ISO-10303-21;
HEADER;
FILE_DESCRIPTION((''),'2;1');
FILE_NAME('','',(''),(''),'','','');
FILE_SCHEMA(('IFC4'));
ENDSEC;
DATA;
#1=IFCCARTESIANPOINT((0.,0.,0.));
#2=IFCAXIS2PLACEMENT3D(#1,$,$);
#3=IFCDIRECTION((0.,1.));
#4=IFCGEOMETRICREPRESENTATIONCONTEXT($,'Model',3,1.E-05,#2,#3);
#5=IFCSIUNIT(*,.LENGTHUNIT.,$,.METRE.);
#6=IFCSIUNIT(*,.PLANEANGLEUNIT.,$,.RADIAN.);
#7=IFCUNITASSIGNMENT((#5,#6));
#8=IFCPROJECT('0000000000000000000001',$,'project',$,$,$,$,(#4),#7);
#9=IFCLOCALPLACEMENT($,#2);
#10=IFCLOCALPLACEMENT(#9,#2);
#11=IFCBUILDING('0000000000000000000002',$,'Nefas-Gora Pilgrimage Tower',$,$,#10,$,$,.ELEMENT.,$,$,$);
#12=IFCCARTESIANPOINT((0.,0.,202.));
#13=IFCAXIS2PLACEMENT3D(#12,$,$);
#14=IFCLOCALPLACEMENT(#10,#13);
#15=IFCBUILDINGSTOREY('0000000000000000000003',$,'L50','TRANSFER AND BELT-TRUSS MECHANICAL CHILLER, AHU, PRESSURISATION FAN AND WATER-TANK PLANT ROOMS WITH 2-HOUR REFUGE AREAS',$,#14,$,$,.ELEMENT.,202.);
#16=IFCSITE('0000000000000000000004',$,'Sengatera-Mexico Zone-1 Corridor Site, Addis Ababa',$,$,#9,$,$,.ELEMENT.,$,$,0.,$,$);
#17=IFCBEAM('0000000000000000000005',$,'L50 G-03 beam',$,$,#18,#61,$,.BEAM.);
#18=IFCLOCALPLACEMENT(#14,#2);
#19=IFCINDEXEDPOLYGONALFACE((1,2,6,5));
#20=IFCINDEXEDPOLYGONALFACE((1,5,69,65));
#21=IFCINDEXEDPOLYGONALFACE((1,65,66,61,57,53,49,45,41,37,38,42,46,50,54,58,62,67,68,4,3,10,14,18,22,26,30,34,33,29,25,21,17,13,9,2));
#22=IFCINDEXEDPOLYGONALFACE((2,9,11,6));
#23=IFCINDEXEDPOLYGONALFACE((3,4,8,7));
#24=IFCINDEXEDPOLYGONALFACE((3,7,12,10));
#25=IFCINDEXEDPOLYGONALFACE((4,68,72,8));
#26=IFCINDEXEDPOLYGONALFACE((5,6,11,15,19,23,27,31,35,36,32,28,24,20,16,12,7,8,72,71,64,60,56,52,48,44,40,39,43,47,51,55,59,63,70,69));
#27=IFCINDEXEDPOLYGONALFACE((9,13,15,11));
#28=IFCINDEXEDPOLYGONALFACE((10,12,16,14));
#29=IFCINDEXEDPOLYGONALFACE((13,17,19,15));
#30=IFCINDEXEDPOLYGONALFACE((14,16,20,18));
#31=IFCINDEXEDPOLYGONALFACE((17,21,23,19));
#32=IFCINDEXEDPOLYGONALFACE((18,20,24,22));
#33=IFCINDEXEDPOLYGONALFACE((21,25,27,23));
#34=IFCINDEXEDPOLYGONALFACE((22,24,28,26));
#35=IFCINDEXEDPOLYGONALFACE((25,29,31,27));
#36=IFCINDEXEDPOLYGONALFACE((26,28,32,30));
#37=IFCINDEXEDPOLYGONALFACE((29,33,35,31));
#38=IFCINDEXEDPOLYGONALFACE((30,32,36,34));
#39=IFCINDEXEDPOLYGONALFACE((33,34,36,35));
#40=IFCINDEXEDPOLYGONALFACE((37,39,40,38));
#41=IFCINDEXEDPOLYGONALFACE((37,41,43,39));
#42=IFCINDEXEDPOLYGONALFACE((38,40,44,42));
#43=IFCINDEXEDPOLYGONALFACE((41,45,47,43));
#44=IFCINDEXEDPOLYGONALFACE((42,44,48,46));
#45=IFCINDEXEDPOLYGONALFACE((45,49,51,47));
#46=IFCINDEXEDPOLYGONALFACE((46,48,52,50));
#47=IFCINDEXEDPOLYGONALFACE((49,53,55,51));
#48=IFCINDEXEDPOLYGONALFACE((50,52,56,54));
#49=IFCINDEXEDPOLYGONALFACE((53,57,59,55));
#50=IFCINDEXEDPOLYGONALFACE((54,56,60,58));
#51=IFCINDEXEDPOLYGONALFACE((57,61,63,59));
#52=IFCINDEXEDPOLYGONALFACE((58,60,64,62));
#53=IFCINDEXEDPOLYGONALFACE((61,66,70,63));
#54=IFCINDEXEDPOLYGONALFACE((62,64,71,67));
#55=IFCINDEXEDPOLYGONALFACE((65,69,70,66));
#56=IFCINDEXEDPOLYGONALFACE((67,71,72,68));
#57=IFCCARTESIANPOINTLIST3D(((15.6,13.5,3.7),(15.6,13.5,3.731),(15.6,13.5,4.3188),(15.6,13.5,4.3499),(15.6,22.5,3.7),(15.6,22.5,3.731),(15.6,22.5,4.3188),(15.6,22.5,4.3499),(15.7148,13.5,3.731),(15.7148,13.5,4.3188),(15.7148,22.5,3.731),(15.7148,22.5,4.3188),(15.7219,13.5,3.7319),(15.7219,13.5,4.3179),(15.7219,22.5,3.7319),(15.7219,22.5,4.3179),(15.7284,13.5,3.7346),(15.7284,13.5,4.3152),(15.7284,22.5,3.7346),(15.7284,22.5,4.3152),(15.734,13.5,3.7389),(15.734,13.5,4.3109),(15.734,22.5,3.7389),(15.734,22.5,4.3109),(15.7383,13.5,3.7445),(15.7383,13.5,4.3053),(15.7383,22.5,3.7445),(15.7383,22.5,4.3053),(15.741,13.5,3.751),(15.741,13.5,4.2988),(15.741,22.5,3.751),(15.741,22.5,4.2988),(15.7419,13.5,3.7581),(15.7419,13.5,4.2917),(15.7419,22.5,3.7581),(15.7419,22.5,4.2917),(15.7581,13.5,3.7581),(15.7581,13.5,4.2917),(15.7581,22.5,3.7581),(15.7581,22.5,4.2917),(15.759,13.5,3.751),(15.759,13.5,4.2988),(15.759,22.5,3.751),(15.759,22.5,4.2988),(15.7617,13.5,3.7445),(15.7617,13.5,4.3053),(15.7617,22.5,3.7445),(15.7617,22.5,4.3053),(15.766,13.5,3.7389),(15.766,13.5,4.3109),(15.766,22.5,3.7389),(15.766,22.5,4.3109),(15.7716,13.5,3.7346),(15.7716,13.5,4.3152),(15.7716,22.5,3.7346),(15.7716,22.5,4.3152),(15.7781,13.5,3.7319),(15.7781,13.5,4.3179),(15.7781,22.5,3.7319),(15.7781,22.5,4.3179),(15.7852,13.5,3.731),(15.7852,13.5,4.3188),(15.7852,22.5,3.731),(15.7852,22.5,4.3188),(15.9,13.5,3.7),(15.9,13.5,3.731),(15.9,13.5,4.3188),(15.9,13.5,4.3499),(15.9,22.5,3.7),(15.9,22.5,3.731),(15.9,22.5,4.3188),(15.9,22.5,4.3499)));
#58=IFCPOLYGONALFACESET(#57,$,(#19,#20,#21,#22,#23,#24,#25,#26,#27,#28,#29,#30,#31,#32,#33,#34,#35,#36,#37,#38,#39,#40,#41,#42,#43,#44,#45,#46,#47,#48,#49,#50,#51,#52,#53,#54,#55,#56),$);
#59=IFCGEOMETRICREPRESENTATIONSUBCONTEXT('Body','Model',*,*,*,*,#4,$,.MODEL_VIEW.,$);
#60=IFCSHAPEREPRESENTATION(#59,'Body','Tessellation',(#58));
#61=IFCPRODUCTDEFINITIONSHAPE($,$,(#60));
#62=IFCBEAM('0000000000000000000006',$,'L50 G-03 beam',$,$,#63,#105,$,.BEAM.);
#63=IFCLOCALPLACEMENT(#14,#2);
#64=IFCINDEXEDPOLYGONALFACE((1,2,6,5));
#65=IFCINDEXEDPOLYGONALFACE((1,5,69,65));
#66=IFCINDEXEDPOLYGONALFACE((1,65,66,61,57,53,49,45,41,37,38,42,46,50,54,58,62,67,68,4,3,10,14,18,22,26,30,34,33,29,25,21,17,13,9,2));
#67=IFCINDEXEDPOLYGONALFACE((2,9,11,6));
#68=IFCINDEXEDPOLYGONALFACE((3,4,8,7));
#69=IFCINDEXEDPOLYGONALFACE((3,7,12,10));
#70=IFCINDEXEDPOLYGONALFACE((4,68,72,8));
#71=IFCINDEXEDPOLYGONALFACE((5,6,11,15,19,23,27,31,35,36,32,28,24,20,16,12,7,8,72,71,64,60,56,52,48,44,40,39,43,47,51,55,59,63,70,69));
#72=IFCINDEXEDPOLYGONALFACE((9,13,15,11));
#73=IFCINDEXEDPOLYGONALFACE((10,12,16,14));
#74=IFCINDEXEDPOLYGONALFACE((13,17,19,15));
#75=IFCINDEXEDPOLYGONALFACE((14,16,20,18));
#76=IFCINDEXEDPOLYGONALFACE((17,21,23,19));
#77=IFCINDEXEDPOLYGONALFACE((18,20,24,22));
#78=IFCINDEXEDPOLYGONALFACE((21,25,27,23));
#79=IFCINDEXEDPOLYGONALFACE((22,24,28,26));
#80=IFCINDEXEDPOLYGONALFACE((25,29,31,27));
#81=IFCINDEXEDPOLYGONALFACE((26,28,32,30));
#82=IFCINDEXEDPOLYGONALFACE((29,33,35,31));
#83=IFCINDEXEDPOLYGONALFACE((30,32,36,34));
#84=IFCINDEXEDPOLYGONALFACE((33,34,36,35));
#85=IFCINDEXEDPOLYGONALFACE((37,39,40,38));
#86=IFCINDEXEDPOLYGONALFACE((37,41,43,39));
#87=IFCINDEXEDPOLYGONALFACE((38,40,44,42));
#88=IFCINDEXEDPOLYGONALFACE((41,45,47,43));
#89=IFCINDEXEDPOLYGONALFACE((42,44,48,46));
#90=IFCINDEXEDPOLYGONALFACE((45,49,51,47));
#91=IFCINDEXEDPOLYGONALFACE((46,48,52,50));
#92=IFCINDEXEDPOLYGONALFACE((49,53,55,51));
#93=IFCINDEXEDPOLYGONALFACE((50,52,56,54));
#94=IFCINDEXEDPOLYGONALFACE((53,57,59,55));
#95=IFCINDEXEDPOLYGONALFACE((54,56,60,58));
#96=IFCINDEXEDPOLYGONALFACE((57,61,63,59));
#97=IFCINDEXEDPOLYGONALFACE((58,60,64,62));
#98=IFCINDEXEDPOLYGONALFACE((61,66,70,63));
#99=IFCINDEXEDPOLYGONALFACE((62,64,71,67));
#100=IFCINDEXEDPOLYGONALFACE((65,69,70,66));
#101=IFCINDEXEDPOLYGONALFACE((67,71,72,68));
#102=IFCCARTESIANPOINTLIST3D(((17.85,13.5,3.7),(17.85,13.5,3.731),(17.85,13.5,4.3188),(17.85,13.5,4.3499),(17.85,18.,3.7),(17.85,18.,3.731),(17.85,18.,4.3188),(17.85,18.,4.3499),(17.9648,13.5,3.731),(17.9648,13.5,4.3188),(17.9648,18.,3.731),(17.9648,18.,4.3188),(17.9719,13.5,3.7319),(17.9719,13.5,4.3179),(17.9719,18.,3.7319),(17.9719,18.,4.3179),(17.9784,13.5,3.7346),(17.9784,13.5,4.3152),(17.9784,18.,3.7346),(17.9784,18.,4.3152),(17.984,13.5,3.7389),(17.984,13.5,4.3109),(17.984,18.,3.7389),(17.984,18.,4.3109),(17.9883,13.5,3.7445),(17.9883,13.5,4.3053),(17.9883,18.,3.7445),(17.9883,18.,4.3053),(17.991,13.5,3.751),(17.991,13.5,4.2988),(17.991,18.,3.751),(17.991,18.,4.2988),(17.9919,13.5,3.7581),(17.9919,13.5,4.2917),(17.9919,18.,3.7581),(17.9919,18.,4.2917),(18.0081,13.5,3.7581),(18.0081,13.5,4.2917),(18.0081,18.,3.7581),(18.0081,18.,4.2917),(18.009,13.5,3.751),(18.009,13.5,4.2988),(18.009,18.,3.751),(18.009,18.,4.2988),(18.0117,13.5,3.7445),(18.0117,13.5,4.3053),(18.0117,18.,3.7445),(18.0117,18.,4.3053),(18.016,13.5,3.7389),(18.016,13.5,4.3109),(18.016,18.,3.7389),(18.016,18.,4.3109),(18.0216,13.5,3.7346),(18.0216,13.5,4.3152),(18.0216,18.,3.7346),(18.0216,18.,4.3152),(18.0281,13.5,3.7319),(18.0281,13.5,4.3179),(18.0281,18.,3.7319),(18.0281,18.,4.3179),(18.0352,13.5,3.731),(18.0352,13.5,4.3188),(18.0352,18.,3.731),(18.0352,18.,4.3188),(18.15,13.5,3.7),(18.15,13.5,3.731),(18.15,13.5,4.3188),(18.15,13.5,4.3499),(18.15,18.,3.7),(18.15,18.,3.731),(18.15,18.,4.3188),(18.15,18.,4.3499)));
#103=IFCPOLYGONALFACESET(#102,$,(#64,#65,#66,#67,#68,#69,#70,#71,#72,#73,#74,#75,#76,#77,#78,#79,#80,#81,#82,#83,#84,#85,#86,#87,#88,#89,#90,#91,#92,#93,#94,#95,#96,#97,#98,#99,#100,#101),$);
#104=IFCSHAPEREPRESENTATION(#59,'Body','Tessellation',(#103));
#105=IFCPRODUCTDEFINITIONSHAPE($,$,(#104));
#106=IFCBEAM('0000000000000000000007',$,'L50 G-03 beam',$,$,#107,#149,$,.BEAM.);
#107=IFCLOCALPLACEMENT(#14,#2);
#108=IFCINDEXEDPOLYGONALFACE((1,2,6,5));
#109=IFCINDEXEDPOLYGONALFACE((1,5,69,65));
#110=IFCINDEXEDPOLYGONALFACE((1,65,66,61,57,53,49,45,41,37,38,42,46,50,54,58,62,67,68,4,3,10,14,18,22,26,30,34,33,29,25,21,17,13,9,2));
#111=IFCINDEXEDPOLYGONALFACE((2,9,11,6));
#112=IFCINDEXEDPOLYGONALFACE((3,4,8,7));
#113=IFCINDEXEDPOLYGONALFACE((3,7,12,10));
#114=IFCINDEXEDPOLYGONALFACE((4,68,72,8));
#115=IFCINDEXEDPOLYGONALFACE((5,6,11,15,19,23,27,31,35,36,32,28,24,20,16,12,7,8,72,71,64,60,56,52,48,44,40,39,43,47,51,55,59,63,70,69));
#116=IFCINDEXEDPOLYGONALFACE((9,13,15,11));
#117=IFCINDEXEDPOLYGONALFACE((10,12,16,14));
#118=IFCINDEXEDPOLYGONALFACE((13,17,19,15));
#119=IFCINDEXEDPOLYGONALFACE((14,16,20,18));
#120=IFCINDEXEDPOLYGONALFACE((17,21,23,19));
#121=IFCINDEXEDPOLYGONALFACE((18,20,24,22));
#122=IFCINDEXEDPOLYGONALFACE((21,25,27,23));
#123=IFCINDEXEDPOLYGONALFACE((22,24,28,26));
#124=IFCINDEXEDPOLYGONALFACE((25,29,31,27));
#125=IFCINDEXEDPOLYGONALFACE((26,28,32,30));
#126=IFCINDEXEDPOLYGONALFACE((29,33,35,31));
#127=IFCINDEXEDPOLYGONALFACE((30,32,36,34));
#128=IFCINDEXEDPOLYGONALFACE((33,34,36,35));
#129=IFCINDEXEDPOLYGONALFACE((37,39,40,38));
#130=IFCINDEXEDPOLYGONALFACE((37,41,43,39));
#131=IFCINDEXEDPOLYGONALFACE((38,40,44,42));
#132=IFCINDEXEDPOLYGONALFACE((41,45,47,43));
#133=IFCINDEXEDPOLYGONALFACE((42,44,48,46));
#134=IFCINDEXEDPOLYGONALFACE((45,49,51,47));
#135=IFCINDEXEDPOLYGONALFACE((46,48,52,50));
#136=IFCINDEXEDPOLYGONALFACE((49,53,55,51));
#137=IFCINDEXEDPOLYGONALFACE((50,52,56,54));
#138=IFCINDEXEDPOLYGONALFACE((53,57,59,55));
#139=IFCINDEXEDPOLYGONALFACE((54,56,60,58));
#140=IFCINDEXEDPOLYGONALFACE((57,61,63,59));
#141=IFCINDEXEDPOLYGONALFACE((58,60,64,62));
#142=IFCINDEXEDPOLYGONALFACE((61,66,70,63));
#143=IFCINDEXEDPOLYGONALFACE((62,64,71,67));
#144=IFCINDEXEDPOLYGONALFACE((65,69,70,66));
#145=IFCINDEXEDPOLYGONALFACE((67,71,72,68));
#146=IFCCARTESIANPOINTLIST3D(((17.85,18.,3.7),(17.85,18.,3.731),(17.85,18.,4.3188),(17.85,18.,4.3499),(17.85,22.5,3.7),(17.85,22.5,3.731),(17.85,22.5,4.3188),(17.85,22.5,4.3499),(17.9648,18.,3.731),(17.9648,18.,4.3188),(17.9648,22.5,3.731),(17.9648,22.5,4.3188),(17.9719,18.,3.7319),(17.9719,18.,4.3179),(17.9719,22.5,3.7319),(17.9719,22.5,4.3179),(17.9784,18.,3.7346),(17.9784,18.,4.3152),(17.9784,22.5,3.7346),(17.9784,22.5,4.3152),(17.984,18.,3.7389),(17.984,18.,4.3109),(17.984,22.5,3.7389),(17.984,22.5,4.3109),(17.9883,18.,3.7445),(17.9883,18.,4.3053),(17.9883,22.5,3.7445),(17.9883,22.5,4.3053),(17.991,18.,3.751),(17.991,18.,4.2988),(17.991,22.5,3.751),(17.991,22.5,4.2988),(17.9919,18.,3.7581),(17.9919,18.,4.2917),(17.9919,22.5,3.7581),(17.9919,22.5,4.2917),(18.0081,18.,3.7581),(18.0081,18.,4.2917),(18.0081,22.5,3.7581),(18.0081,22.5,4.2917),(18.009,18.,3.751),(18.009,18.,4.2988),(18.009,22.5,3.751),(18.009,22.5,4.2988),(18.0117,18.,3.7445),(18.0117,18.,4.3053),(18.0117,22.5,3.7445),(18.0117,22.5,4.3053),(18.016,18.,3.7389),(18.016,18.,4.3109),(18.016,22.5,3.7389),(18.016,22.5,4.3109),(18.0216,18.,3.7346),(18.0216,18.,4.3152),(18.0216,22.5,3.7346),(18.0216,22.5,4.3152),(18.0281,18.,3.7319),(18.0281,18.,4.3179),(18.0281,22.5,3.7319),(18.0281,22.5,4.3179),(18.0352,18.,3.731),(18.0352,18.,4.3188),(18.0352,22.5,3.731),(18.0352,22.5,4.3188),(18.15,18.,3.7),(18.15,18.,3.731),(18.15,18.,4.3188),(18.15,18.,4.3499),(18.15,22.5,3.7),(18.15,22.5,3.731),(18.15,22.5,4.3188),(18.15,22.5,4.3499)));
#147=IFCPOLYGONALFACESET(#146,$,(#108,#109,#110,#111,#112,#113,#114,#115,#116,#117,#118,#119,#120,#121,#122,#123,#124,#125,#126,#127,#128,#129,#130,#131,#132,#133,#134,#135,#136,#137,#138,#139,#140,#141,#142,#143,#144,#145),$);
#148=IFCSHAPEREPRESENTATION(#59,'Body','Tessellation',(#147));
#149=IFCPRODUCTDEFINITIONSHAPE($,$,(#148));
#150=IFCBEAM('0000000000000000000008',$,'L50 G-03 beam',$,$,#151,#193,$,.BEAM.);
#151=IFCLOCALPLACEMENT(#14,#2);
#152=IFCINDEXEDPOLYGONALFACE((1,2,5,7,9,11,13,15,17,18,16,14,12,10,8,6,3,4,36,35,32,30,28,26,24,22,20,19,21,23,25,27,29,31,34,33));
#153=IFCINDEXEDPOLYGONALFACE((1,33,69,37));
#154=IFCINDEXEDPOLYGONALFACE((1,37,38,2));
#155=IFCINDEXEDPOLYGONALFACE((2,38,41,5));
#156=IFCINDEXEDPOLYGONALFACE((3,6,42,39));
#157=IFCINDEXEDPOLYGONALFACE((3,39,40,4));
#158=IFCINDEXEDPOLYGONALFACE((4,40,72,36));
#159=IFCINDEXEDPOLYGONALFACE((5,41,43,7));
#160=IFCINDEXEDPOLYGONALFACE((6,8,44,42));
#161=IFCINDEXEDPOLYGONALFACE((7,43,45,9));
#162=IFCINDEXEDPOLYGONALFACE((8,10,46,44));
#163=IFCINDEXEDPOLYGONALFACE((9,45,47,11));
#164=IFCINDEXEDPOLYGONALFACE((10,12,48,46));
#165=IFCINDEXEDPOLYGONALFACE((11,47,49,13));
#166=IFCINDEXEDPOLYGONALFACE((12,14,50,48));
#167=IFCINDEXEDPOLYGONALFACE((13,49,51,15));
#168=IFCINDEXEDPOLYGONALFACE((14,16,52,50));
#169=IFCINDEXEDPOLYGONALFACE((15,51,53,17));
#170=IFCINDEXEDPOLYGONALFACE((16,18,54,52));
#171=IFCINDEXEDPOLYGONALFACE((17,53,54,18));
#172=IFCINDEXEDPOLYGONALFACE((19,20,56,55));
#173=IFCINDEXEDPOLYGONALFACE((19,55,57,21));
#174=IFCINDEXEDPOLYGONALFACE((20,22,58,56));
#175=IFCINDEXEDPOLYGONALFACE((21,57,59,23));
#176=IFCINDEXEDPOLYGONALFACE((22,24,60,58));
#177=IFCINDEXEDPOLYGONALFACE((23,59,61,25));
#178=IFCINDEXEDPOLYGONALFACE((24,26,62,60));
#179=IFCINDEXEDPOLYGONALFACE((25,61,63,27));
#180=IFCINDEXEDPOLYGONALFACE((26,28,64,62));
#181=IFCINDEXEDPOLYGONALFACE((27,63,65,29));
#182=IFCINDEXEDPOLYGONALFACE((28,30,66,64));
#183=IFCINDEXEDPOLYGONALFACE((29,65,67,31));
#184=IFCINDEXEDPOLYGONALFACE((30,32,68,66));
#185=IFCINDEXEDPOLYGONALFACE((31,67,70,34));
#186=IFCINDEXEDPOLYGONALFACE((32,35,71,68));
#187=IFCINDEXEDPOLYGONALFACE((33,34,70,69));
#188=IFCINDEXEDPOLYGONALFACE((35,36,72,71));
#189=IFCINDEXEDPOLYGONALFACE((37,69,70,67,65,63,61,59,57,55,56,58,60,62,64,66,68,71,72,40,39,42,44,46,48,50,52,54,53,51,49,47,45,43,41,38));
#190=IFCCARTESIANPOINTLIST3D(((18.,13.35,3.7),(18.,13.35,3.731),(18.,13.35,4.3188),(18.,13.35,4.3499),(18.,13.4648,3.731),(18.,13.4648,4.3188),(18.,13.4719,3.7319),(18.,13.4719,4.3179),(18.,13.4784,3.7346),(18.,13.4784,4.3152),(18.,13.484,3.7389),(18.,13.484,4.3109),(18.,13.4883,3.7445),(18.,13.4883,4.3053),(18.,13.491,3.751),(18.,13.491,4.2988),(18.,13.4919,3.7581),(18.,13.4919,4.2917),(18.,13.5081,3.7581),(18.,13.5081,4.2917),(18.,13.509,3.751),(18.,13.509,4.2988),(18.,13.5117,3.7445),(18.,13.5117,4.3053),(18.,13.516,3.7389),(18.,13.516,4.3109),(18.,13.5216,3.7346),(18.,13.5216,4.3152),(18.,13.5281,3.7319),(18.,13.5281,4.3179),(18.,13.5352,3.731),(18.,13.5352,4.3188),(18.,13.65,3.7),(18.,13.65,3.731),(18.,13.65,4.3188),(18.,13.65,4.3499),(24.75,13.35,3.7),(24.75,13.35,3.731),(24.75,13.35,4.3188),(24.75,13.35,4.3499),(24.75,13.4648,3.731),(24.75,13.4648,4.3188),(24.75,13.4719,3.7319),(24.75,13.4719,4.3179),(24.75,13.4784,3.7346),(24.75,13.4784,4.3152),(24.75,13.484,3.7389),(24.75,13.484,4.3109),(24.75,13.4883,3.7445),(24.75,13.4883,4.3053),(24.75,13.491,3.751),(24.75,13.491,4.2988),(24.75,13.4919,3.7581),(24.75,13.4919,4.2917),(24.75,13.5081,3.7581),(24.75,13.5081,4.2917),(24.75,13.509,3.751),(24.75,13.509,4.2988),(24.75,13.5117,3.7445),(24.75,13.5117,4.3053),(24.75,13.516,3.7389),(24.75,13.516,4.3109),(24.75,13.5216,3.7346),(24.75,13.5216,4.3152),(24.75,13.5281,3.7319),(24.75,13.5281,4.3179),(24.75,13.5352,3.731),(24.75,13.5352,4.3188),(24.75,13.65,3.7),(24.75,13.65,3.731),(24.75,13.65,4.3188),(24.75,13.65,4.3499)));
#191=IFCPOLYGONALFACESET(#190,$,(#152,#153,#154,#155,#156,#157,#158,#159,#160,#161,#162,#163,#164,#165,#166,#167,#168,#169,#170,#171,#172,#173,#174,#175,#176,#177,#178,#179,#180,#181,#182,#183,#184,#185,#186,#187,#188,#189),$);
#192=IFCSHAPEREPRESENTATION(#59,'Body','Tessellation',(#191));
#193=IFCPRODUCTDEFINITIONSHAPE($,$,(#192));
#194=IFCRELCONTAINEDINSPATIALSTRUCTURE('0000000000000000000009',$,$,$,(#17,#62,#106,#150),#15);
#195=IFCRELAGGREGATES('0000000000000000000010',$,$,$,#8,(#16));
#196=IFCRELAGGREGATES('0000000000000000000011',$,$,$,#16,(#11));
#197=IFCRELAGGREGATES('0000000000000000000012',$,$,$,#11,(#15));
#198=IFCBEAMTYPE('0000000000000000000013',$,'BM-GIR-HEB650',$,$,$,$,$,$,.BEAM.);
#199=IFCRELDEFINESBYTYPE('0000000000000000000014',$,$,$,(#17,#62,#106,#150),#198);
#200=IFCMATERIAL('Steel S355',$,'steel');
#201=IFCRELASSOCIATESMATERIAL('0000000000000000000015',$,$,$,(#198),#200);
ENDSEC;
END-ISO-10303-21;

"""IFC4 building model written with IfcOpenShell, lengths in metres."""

from ifc_helpers import new_model, si_unit, direction, frame, origin, origin_2d, place, context, subcontext, project, spatial, i_section, extrude, source, transform, mapped, material, material_profile, profile_set, type_object, element, save


model = new_model("IFC4")

# Units and contexts
model_context = context("Model", 3, precision=1e-05, world=origin(), true_north=direction((0.0, 1.0)))
body_context = subcontext(model_context, "Body", "Model", "MODEL_VIEW")
ifc_project = project(units=[si_unit("LENGTHUNIT", "METRE"), si_unit("PLANEANGLEUNIT", "RADIAN")], contexts=[model_context])

# Site, building, storey
site_placement = place(None, origin())
site = spatial("IfcSite", under=ifc_project, at=site_placement, Name="Sengatera-Mexico Zone-1 Corridor Site, Addis Ababa", CompositionType="ELEMENT", RefElevation=0.0)
building_placement = place(site_placement, origin())
building = spatial("IfcBuilding", under=site, at=building_placement, Name="Nefas-Gora Pilgrimage Tower", CompositionType="ELEMENT")
storey_placement = place(building_placement, frame((0.0, 0.0, 202.0)))
storey = spatial("IfcBuildingStorey", under=building, at=storey_placement, Name="L50", Description="TRANSFER AND BELT-TRUSS MECHANICAL CHILLER, AHU, PRESSURISATION FAN AND WATER-TANK PLANT ROOMS WITH 2-HOUR REFUGE AREAS", CompositionType="ELEMENT", Elevation=202.0)

# Beams
ifc_material_1 = material(Name="Steel S355", Category="steel")
ifc_material_profile_1 = material_profile(ifc_material_1, i_section(OverallWidth=0.3, OverallDepth=0.6499, WebThickness=0.0161, FlangeThickness=0.031, FilletRadius=0.0271, at=origin_2d()), Name="HEB 650")
ifc_profile_set_1 = profile_set([ifc_material_profile_1], Name="Steel S355")
beam_type_1 = type_object("IfcBeamType", Name="BM-GIR-HEB650", PredefinedType="BEAM", material=ifc_profile_set_1)
shared_shape_1 = source(origin(), body_context, "Body", "SweptSolid", [
    extrude(i_section(OverallWidth=0.3, OverallDepth=0.6499, WebThickness=0.0161, FlangeThickness=0.031, FilletRadius=0.0271, at=origin_2d()), origin(), (0.0, 0.0, 1.0), 9.0),
])
beam_1_placement = place(storey_placement, frame((15.75, 13.5, 4.0249), z_axis=(0.0, 1.0, 0.0), x_axis=(-1.0, 0.0, 0.0)))
element("IfcBeam", 1, at=beam_1_placement, inside=storey, type_object=beam_type_1, Name="L50 G-03 beam", PredefinedType="BEAM", context=body_context, shape_type="MappedRepresentation", body=[
    mapped(shared_shape_1, transform((0.0, 0.0, 0.0), x_axis=(1.0, 0.0, 0.0), y_axis=(0.0, 1.0, 0.0), z_axis=(0.0, 0.0, 1.0), scale=1.0)),
])
shared_shape_2 = source(origin(), body_context, "Body", "SweptSolid", [
    extrude(i_section(OverallWidth=0.3, OverallDepth=0.6499, WebThickness=0.0161, FlangeThickness=0.031, FilletRadius=0.0271, at=origin_2d()), origin(), (0.0, 0.0, 1.0), 4.5),
])
for number, where, z_axis, x_axis, name in (
    (2, (18.0, 13.5, 4.0249), (0.0, 1.0, 0.0), (-1.0, 0.0, 0.0), "L50 G-03 beam"),
    (3, (18.0, 18.0, 4.0249), (0.0, 1.0, 0.0), (-1.0, 0.0, 0.0), "L50 G-03 beam"),
):
    element("IfcBeam", number, at=place(storey_placement, frame(where, z_axis=z_axis, x_axis=x_axis)), inside=storey, type_object=beam_type_1, Name=name, PredefinedType="BEAM", context=body_context, shape_type="MappedRepresentation", body=[
        mapped(shared_shape_2, transform((0.0, 0.0, 0.0), x_axis=(1.0, 0.0, 0.0), y_axis=(0.0, 1.0, 0.0), z_axis=(0.0, 0.0, 1.0), scale=1.0)),
    ])
shared_shape_3 = source(origin(), body_context, "Body", "SweptSolid", [
    extrude(i_section(OverallWidth=0.3, OverallDepth=0.6499, WebThickness=0.0161, FlangeThickness=0.031, FilletRadius=0.0271, at=origin_2d()), origin(), (0.0, 0.0, 1.0), 6.75),
])
beam_2_placement = place(storey_placement, frame((18.0, 13.5, 4.0249), z_axis=(1.0, 0.0, 0.0), x_axis=(0.0, 1.0, 0.0)))
element("IfcBeam", 4, at=beam_2_placement, inside=storey, type_object=beam_type_1, Name="L50 G-03 beam", PredefinedType="BEAM", context=body_context, shape_type="MappedRepresentation", body=[
    mapped(shared_shape_3, transform((0.0, 0.0, 0.0), x_axis=(1.0, 0.0, 0.0), y_axis=(0.0, 1.0, 0.0), z_axis=(0.0, 0.0, 1.0), scale=1.0)),
])

save(model, "model.ifc")
